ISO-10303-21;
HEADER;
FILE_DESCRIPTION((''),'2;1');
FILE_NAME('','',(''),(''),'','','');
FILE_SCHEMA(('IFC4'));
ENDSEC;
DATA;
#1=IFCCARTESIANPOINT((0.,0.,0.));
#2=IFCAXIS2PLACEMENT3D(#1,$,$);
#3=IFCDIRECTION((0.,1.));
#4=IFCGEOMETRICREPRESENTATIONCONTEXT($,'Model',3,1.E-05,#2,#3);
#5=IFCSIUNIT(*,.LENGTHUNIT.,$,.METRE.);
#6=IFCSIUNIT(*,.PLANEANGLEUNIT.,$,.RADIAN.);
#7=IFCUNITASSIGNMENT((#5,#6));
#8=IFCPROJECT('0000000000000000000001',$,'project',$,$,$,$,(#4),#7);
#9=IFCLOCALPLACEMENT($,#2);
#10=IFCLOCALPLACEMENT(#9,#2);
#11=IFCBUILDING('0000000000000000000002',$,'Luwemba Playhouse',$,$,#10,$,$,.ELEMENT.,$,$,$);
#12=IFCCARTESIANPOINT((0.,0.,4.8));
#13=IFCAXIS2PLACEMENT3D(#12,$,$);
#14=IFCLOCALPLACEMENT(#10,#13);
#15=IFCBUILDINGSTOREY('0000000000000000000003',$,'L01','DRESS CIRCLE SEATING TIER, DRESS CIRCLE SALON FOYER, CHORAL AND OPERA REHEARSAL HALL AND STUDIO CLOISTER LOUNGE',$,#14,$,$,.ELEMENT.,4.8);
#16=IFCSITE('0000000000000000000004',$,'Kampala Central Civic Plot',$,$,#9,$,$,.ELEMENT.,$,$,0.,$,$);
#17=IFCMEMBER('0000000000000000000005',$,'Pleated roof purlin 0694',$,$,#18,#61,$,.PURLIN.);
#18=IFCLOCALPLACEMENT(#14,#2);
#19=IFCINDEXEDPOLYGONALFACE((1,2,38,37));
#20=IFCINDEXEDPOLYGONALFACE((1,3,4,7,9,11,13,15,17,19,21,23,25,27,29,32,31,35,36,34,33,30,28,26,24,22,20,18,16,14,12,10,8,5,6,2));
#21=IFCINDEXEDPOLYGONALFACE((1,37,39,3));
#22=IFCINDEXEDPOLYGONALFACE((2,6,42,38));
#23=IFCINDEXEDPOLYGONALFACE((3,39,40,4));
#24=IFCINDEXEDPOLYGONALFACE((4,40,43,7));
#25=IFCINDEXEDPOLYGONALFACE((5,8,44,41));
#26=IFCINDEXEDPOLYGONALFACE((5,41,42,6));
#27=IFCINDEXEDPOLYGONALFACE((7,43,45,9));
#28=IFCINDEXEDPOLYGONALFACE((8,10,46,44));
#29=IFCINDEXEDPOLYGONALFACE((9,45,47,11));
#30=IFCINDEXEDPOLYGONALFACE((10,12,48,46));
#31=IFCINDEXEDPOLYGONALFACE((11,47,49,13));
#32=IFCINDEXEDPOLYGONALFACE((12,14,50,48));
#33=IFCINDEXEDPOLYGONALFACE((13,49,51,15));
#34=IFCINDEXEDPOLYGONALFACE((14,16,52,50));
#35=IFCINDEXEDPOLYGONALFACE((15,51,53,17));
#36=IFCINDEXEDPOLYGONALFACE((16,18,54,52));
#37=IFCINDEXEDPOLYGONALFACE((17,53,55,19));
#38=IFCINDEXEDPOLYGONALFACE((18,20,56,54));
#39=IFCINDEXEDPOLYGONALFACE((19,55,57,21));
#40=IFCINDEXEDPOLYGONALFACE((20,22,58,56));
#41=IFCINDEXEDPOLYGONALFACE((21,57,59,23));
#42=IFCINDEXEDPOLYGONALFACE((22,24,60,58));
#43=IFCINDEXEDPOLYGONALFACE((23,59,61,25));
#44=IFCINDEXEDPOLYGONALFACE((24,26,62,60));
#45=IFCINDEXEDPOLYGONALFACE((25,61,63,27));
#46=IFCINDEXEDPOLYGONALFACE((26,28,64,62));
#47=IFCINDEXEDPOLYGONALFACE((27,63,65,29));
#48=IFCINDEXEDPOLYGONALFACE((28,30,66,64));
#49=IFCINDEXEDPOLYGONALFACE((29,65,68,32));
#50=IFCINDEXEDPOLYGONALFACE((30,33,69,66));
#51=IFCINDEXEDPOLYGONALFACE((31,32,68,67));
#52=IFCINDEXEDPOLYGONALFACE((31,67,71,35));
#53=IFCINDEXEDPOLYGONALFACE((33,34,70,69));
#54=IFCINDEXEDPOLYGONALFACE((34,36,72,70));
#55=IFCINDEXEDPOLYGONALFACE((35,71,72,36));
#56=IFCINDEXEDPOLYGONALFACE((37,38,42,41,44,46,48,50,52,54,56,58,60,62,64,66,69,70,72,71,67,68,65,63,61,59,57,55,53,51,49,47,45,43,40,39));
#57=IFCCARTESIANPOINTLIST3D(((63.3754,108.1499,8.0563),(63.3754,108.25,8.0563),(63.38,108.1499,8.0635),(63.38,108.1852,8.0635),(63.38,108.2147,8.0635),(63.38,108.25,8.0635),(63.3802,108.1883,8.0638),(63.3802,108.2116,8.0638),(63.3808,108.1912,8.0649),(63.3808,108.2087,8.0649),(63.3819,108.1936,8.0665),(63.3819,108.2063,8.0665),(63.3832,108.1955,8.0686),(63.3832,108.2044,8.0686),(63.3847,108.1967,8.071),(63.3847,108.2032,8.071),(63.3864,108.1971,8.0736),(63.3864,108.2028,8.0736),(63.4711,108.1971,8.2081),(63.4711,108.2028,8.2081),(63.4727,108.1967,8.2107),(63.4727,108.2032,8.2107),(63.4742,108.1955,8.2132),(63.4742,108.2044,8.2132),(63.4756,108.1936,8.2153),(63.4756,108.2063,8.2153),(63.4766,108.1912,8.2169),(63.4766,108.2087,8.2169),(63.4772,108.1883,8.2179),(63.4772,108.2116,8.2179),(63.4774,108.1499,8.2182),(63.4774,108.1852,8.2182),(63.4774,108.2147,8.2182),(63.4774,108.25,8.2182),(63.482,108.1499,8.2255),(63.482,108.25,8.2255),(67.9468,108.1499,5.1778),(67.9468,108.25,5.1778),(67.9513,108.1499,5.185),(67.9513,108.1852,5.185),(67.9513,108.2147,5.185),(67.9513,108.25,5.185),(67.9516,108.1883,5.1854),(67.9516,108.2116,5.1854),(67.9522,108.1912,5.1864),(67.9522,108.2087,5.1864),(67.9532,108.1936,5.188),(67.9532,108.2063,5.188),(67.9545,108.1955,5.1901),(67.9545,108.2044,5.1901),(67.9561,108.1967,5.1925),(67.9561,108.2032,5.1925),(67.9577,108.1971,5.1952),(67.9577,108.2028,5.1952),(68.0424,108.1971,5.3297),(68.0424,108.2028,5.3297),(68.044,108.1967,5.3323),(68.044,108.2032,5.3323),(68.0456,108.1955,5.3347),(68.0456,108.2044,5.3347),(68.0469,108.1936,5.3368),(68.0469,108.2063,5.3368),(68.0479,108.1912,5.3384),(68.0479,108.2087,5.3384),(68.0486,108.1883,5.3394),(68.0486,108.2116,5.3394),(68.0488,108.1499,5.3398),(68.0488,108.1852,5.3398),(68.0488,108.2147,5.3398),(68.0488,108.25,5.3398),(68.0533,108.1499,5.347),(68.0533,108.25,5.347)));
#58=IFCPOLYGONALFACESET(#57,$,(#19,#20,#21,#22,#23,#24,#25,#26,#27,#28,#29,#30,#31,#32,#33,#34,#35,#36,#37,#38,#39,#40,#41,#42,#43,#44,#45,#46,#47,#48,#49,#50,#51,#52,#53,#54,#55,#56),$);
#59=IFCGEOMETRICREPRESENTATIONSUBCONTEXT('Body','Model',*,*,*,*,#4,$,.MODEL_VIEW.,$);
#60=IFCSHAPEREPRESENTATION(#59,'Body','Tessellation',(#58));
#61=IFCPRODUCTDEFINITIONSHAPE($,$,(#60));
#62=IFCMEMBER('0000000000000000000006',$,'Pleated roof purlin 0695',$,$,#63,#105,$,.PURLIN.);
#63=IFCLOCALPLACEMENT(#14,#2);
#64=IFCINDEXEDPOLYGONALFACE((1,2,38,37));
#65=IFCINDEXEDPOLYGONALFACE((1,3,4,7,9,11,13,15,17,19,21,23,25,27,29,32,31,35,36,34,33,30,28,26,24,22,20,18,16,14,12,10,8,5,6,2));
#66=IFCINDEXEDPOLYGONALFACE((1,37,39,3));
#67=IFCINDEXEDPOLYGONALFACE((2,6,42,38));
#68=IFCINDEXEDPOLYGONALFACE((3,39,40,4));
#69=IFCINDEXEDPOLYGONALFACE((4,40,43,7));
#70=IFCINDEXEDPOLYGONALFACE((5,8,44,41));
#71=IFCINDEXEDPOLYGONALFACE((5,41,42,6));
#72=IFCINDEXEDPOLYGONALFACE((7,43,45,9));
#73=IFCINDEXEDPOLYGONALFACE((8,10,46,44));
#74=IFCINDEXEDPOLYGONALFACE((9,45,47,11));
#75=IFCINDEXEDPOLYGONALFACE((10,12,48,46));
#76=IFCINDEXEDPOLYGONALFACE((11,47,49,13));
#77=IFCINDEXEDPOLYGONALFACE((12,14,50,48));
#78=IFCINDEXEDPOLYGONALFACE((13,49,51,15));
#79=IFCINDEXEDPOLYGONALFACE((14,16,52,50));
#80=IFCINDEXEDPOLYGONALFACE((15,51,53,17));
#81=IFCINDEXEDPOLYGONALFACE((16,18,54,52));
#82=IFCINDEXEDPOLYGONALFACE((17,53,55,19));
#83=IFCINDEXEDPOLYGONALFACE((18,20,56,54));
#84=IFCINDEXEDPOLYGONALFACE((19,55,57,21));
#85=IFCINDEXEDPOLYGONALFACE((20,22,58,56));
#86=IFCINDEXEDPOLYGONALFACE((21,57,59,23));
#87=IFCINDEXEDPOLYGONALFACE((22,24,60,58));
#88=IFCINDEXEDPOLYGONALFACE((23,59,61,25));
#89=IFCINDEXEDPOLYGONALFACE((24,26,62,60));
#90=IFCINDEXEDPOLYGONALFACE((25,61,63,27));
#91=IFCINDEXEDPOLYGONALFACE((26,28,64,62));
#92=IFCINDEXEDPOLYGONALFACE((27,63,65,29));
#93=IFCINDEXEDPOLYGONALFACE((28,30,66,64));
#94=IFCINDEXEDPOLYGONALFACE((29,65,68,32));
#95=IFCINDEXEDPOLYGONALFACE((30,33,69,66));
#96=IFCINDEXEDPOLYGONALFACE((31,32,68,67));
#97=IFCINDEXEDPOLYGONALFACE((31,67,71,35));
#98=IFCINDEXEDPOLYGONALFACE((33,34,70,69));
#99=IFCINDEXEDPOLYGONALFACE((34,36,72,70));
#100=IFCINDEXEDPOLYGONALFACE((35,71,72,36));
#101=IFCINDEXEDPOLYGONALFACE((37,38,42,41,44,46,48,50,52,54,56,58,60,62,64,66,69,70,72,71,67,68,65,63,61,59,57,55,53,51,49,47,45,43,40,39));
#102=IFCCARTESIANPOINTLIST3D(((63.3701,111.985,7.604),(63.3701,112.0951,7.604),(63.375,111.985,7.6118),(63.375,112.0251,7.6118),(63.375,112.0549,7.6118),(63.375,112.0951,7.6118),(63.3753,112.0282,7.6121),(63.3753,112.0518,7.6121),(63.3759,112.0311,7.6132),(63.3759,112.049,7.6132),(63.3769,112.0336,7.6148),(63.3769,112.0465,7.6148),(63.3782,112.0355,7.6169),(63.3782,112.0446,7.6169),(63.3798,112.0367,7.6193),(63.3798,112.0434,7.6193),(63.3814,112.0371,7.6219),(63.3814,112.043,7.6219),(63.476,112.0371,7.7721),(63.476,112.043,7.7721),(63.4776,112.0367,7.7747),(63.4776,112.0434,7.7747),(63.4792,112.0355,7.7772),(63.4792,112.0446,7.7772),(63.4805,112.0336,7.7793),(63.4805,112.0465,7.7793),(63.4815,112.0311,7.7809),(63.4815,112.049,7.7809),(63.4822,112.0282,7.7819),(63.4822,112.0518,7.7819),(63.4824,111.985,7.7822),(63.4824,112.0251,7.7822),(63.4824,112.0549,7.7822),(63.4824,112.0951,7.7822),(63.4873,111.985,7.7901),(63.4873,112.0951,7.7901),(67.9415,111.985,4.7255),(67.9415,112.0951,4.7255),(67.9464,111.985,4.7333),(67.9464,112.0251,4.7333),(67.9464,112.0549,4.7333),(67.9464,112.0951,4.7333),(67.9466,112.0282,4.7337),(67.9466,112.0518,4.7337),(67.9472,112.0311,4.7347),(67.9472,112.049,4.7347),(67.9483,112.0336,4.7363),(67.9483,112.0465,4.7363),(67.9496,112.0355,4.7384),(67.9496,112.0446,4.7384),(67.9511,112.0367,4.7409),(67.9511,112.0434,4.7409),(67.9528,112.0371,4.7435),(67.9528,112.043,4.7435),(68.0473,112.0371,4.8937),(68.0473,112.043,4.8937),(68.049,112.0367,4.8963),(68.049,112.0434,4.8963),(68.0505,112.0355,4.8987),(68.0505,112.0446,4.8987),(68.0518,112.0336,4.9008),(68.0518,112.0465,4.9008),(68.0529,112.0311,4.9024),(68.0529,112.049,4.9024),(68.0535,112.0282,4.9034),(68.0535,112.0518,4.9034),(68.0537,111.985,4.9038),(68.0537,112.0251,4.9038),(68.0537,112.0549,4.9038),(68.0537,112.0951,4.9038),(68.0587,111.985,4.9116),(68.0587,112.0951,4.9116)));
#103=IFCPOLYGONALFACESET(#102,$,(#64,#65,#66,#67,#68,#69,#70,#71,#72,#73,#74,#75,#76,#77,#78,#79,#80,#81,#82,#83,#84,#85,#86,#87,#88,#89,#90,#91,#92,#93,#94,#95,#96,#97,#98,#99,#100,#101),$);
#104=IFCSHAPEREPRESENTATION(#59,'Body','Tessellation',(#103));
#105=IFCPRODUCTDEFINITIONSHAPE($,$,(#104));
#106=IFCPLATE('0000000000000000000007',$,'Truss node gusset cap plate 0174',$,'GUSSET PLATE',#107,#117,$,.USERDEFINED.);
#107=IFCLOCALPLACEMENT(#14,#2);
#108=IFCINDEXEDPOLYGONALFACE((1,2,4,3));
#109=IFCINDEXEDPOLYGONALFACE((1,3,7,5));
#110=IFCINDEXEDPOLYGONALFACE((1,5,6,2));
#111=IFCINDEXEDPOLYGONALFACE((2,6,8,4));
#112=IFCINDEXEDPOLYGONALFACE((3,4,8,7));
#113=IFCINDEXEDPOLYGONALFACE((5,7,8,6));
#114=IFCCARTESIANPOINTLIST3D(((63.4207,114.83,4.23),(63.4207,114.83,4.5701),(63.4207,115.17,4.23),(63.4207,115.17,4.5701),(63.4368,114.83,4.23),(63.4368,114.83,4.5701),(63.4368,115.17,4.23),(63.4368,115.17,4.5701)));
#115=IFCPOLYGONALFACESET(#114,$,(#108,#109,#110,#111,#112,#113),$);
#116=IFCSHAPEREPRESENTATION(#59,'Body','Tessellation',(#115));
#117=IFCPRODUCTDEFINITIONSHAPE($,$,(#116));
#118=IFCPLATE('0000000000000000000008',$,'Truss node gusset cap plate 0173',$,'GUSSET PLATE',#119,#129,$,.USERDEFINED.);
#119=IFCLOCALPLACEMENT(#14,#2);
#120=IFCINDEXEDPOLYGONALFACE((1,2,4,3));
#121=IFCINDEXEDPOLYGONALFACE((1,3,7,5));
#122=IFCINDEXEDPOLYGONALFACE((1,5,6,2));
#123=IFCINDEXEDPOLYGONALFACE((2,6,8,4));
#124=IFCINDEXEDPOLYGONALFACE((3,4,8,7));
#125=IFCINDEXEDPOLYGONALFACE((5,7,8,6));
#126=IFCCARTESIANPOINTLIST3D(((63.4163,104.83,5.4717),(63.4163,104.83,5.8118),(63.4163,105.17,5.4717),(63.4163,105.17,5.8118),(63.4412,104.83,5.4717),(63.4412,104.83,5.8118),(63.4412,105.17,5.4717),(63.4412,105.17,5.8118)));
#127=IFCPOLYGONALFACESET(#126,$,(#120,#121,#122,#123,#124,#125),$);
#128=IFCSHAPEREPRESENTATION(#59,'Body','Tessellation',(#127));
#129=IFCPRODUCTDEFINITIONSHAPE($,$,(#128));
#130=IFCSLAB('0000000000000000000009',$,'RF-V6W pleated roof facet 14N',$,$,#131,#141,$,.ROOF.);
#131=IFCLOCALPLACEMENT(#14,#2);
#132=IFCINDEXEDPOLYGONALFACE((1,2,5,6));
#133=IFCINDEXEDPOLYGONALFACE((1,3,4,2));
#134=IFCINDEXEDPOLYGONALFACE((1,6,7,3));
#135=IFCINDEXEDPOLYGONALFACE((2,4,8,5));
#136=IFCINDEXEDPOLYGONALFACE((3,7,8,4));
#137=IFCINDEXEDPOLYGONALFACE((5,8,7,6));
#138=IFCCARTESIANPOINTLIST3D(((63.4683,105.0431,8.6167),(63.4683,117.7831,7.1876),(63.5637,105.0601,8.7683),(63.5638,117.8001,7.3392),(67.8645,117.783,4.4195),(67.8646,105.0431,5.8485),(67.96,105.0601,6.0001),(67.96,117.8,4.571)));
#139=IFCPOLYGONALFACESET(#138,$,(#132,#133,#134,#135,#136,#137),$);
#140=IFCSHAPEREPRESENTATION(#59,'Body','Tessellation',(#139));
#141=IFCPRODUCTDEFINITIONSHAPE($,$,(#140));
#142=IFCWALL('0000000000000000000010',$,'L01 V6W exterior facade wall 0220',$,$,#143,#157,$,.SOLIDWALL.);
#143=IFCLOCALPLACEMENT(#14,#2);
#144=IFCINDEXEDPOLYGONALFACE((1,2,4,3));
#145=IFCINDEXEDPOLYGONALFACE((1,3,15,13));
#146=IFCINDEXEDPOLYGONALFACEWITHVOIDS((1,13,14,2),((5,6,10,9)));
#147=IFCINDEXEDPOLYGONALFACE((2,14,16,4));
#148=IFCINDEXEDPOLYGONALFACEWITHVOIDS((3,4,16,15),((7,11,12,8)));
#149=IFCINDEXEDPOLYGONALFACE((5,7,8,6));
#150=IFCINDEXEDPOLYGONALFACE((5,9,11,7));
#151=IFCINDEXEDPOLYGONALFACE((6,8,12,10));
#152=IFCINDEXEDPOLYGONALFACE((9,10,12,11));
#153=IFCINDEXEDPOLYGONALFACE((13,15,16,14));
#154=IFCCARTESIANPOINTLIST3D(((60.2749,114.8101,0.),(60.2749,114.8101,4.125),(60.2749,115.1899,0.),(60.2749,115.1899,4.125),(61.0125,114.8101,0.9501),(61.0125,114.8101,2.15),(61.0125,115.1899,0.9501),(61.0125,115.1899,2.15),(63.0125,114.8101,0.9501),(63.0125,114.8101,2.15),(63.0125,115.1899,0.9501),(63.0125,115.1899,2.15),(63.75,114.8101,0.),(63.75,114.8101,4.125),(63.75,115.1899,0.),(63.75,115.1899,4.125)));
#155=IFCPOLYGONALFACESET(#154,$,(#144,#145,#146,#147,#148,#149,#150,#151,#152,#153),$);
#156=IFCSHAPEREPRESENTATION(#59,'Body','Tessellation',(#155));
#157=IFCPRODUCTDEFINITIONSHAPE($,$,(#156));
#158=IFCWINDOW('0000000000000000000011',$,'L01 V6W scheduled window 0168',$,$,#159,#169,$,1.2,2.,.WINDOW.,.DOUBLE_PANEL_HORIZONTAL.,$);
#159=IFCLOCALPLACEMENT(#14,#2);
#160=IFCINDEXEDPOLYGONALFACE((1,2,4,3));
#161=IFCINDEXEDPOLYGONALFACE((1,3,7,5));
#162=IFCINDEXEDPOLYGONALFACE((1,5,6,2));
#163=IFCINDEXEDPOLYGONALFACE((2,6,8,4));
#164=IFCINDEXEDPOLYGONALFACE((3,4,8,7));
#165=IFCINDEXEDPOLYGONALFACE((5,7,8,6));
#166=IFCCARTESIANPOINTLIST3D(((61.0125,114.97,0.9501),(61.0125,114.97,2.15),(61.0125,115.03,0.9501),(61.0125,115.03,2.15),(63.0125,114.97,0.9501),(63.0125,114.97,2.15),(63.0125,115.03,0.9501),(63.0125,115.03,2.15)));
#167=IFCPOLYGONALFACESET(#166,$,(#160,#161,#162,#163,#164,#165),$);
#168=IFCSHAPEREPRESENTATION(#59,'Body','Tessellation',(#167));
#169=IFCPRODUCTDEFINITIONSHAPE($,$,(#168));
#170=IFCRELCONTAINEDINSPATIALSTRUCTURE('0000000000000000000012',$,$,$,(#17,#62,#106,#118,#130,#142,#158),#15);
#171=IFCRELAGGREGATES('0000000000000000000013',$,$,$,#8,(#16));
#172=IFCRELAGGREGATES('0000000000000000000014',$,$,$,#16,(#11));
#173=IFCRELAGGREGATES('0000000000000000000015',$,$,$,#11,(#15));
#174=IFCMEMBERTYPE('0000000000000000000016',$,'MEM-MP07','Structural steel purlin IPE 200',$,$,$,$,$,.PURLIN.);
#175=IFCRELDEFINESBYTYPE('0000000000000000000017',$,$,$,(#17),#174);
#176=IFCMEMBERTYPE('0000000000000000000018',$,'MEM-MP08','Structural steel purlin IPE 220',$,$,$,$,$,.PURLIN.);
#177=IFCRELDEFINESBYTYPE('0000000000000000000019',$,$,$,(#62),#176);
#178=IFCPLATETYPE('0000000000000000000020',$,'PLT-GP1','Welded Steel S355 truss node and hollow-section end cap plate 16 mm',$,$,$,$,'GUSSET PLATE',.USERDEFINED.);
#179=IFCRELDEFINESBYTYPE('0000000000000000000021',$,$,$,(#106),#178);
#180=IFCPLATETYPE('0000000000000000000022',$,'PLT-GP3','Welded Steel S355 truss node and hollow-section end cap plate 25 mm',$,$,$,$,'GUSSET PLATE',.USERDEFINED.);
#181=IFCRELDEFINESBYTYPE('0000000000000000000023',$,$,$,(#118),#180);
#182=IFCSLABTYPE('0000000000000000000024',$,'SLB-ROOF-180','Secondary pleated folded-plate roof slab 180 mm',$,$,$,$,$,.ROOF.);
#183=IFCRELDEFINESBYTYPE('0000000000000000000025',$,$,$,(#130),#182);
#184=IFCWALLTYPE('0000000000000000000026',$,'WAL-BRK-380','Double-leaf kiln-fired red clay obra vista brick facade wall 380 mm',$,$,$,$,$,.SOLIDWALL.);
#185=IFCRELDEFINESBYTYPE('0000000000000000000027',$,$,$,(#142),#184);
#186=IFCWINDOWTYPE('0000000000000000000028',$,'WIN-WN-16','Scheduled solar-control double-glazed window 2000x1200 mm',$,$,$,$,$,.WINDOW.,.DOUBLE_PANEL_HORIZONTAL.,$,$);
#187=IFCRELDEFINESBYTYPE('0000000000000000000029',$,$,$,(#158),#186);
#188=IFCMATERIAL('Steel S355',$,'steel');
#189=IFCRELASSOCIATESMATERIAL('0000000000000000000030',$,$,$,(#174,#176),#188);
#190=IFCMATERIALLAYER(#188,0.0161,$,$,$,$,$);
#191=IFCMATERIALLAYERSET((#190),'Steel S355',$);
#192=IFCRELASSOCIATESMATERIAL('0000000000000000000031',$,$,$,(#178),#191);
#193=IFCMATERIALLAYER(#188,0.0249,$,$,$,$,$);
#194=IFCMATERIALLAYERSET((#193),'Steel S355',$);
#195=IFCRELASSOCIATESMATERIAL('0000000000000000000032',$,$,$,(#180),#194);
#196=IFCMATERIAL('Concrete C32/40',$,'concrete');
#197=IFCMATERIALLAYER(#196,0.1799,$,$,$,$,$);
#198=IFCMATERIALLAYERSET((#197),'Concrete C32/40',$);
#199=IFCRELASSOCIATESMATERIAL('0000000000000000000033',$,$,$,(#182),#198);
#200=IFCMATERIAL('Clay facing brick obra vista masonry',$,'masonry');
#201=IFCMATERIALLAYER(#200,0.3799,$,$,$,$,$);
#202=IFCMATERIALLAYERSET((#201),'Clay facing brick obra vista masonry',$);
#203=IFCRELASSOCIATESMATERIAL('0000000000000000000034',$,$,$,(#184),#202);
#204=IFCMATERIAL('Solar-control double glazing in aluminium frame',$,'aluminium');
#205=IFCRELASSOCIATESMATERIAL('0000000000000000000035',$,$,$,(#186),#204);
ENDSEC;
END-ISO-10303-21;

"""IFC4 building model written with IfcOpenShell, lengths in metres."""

from ifc_helpers import new_model, si_unit, direction, frame, frame_2d, origin, origin_2d, place, context, subcontext, project, spatial, polyline, rectangle, i_section, outline, extrude, material, layer, layer_set, material_profile, profile_set, type_object, element, fill, save


model = new_model("IFC4")

# Units and contexts
model_context = context("Model", 3, precision=1e-05, world=origin(), true_north=direction((0.0, 1.0)))
body_context = subcontext(model_context, "Body", "Model", "MODEL_VIEW")
ifc_project = project(units=[si_unit("LENGTHUNIT", "METRE"), si_unit("PLANEANGLEUNIT", "RADIAN")], contexts=[model_context])

# Site, building, storey
site_placement = place(None, origin())
site = spatial("IfcSite", under=ifc_project, at=site_placement, Name="Kampala Central Civic Plot", CompositionType="ELEMENT", RefElevation=0.0)
building_placement = place(site_placement, origin())
building = spatial("IfcBuilding", under=site, at=building_placement, Name="Luwemba Playhouse", CompositionType="ELEMENT")
storey_placement = place(building_placement, frame((0.0, 0.0, 4.8)))
storey = spatial("IfcBuildingStorey", under=building, at=storey_placement, Name="L01", Description="DRESS CIRCLE SEATING TIER, DRESS CIRCLE SALON FOYER, CHORAL AND OPERA REHEARSAL HALL AND STUDIO CLOISTER LOUNGE", CompositionType="ELEMENT", Elevation=4.8)

# Shared definitions
ifc_material_1 = material(Name="Steel S355", Category="steel")

# Members
ifc_material_profile_1 = material_profile(ifc_material_1, i_section(OverallWidth=0.1001, OverallDepth=0.2, WebThickness=0.0056, FlangeThickness=0.0085, FilletRadius=0.012, at=origin_2d()))
ifc_profile_set_1 = profile_set([ifc_material_profile_1], Name="Steel S355")
member_type_1 = type_object("IfcMemberType", Name="MEM-MP07", Description="Structural steel purlin IPE 200", PredefinedType="PURLIN", material=ifc_profile_set_1)
member_1_placement = place(storey_placement, frame((63.4287, 108.2, 8.1409), z_axis=(0.846216, 0.0, -0.53284), x_axis=(0.0, 1.0, 0.0)))
element("IfcMember", 1, at=member_1_placement, inside=storey, type_object=member_type_1, Name="Pleated roof purlin 0694", PredefinedType="PURLIN", context=body_context, shape_type="SweptSolid", body=[
    extrude(i_section(OverallWidth=0.1001, OverallDepth=0.2, WebThickness=0.0056, FlangeThickness=0.0085, FilletRadius=0.012, at=origin_2d()), origin(), (0.0, 0.0, 1.0), 5.4021),
])
ifc_material_profile_2 = material_profile(ifc_material_1, i_section(OverallWidth=0.1101, OverallDepth=0.22, WebThickness=0.0059, FlangeThickness=0.0093, FilletRadius=0.012, at=origin_2d()))
ifc_profile_set_2 = profile_set([ifc_material_profile_2], Name="Steel S355")
member_type_2 = type_object("IfcMemberType", Name="MEM-MP08", Description="Structural steel purlin IPE 220", PredefinedType="PURLIN", material=ifc_profile_set_2)
member_2_placement = place(storey_placement, frame((63.4287, 112.04, 7.697), z_axis=(0.846216, 0.0, -0.53284), x_axis=(0.0, 1.0, 0.0)))
element("IfcMember", 2, at=member_2_placement, inside=storey, type_object=member_type_2, Name="Pleated roof purlin 0695", PredefinedType="PURLIN", context=body_context, shape_type="SweptSolid", body=[
    extrude(i_section(OverallWidth=0.1101, OverallDepth=0.22, WebThickness=0.0059, FlangeThickness=0.0093, FilletRadius=0.012, at=origin_2d()), origin(), (0.0, 0.0, 1.0), 5.4021),
])

# Plates
ifc_layer_1 = layer(ifc_material_1, 0.0161)
ifc_layer_set_1 = layer_set([ifc_layer_1], Name="Steel S355")
plate_type_1 = type_object("IfcPlateType", Name="PLT-GP1", Description="Welded Steel S355 truss node and hollow-section end cap plate 16 mm", ElementType="GUSSET PLATE", PredefinedType="USERDEFINED", material=ifc_layer_set_1)
plate_1_placement = place(storey_placement, frame((63.4287, 115.0, 4.23), z_axis=(0.0, 0.0, 1.0), x_axis=(1.0, 0.0, 0.0)))
element("IfcPlate", 3, at=plate_1_placement, inside=storey, type_object=plate_type_1, Name="Truss node gusset cap plate 0174", ObjectType="GUSSET PLATE", PredefinedType="USERDEFINED", context=body_context, shape_type="SweptSolid", body=[
    extrude(rectangle(XDim=0.0161, YDim=0.3401, at=origin_2d()), origin(), (0.0, 0.0, 1.0), 0.3401),
])
ifc_layer_2 = layer(ifc_material_1, 0.0249)
ifc_layer_set_2 = layer_set([ifc_layer_2], Name="Steel S355")
plate_type_2 = type_object("IfcPlateType", Name="PLT-GP3", Description="Welded Steel S355 truss node and hollow-section end cap plate 25 mm", ElementType="GUSSET PLATE", PredefinedType="USERDEFINED", material=ifc_layer_set_2)
plate_2_placement = place(storey_placement, frame((63.4287, 105.0, 5.4717), z_axis=(0.0, 0.0, 1.0), x_axis=(1.0, 0.0, 0.0)))
element("IfcPlate", 4, at=plate_2_placement, inside=storey, type_object=plate_type_2, Name="Truss node gusset cap plate 0173", ObjectType="GUSSET PLATE", PredefinedType="USERDEFINED", context=body_context, shape_type="SweptSolid", body=[
    extrude(rectangle(XDim=0.0249, YDim=0.3401, at=origin_2d()), origin(), (0.0, 0.0, 1.0), 0.3401),
])

# Slab
ifc_material_2 = material(Name="Concrete C32/40", Category="concrete")
ifc_layer_3 = layer(ifc_material_2, 0.1799)
ifc_layer_set_3 = layer_set([ifc_layer_3], Name="Concrete C32/40")
slab_type = type_object("IfcSlabType", Name="SLB-ROOF-180", Description="Secondary pleated folded-plate roof slab 180 mm", PredefinedType="ROOF", material=ifc_layer_set_3)
slab_placement = place(storey_placement, frame((63.5637, 105.0601, 8.7683), z_axis=(0.530454, 0.094498, 0.84243), x_axis=(0.846217, 0.000002, -0.532839)))
element("IfcSlab", 5, at=slab_placement, inside=storey, type_object=slab_type, Name="RF-V6W pleated roof facet 14N", PredefinedType="ROOF", context=body_context, shape_type="SweptSolid", body=[
    extrude(outline(polyline([(0.0, 0.0), (5.1952, 0.0), (5.9567, 12.7972), (0.7616, 12.7973), (0.0, 0.0)])), origin(), (0.0, 0.0, -1.0), 0.1799),
])

# Wall, opening, window
ifc_material_3 = material(Name="Clay facing brick obra vista masonry", Category="masonry")
ifc_layer_4 = layer(ifc_material_3, 0.3799)
ifc_layer_set_4 = layer_set([ifc_layer_4], Name="Clay facing brick obra vista masonry")
wall_type_1 = type_object("IfcWallType", Name="WAL-BRK-380", Description="Double-leaf kiln-fired red clay obra vista brick facade wall 380 mm", PredefinedType="SOLIDWALL", material=ifc_layer_set_4)
wall_1_placement = place(storey_placement, frame((60.2749, 115.0, 0.0), z_axis=(0.0, 0.0, 1.0), x_axis=(1.0, 0.0, 0.0)))
wall_1 = element("IfcWall", 6, at=wall_1_placement, inside=storey, type_object=wall_type_1, Name="L01 V6W exterior facade wall 0220", PredefinedType="SOLIDWALL", context=body_context, shape_type="SweptSolid", body=[
    extrude(rectangle(XDim=3.4751, YDim=0.3799, at=frame_2d((1.7375, 0.0))), origin(), (0.0, 0.0, 1.0), 4.125),
])
opening_1_placement = place(wall_1_placement, frame((0.7375, 0.0, 0.95)))
opening_1 = element("IfcOpeningElement", 7, at=opening_1_placement, cuts=wall_1, PredefinedType="OPENING", context=body_context, shape_type="SweptSolid", body=[
    extrude(rectangle(XDim=2.0, YDim=1.2, at=frame_2d((1.0, 0.6001))), frame((0.0, 0.2, 0.0), z_axis=(0.0, -1.0, 0.0), x_axis=(1.0, 0.0, 0.0)), (0.0, 0.0, 1.0), 0.3999),
])
ifc_material_4 = material(Name="Solar-control double glazing in aluminium frame", Category="aluminium")
window_type_1 = type_object("IfcWindowType", Name="WIN-WN-16", Description="Scheduled solar-control double-glazed window 2000x1200 mm", PartitioningType="DOUBLE_PANEL_HORIZONTAL", PredefinedType="WINDOW", material=ifc_material_4)
window_1_placement = place(opening_1_placement, origin())
window_1 = element("IfcWindow", 8, at=window_1_placement, inside=storey, type_object=window_type_1, Name="L01 V6W scheduled window 0168", OverallHeight=1.2, OverallWidth=2.0, PartitioningType="DOUBLE_PANEL_HORIZONTAL", PredefinedType="WINDOW", context=body_context, shape_type="SweptSolid", body=[
    extrude(rectangle(XDim=2.0, YDim=1.2, at=frame_2d((1.0, 0.6001))), frame((0.0, 0.03, 0.0), z_axis=(0.0, -1.0, 0.0), x_axis=(1.0, 0.0, 0.0)), (0.0, 0.0, 1.0), 0.0601),
])
fill(opening_1, window_1)

save(model, "model.ifc")
